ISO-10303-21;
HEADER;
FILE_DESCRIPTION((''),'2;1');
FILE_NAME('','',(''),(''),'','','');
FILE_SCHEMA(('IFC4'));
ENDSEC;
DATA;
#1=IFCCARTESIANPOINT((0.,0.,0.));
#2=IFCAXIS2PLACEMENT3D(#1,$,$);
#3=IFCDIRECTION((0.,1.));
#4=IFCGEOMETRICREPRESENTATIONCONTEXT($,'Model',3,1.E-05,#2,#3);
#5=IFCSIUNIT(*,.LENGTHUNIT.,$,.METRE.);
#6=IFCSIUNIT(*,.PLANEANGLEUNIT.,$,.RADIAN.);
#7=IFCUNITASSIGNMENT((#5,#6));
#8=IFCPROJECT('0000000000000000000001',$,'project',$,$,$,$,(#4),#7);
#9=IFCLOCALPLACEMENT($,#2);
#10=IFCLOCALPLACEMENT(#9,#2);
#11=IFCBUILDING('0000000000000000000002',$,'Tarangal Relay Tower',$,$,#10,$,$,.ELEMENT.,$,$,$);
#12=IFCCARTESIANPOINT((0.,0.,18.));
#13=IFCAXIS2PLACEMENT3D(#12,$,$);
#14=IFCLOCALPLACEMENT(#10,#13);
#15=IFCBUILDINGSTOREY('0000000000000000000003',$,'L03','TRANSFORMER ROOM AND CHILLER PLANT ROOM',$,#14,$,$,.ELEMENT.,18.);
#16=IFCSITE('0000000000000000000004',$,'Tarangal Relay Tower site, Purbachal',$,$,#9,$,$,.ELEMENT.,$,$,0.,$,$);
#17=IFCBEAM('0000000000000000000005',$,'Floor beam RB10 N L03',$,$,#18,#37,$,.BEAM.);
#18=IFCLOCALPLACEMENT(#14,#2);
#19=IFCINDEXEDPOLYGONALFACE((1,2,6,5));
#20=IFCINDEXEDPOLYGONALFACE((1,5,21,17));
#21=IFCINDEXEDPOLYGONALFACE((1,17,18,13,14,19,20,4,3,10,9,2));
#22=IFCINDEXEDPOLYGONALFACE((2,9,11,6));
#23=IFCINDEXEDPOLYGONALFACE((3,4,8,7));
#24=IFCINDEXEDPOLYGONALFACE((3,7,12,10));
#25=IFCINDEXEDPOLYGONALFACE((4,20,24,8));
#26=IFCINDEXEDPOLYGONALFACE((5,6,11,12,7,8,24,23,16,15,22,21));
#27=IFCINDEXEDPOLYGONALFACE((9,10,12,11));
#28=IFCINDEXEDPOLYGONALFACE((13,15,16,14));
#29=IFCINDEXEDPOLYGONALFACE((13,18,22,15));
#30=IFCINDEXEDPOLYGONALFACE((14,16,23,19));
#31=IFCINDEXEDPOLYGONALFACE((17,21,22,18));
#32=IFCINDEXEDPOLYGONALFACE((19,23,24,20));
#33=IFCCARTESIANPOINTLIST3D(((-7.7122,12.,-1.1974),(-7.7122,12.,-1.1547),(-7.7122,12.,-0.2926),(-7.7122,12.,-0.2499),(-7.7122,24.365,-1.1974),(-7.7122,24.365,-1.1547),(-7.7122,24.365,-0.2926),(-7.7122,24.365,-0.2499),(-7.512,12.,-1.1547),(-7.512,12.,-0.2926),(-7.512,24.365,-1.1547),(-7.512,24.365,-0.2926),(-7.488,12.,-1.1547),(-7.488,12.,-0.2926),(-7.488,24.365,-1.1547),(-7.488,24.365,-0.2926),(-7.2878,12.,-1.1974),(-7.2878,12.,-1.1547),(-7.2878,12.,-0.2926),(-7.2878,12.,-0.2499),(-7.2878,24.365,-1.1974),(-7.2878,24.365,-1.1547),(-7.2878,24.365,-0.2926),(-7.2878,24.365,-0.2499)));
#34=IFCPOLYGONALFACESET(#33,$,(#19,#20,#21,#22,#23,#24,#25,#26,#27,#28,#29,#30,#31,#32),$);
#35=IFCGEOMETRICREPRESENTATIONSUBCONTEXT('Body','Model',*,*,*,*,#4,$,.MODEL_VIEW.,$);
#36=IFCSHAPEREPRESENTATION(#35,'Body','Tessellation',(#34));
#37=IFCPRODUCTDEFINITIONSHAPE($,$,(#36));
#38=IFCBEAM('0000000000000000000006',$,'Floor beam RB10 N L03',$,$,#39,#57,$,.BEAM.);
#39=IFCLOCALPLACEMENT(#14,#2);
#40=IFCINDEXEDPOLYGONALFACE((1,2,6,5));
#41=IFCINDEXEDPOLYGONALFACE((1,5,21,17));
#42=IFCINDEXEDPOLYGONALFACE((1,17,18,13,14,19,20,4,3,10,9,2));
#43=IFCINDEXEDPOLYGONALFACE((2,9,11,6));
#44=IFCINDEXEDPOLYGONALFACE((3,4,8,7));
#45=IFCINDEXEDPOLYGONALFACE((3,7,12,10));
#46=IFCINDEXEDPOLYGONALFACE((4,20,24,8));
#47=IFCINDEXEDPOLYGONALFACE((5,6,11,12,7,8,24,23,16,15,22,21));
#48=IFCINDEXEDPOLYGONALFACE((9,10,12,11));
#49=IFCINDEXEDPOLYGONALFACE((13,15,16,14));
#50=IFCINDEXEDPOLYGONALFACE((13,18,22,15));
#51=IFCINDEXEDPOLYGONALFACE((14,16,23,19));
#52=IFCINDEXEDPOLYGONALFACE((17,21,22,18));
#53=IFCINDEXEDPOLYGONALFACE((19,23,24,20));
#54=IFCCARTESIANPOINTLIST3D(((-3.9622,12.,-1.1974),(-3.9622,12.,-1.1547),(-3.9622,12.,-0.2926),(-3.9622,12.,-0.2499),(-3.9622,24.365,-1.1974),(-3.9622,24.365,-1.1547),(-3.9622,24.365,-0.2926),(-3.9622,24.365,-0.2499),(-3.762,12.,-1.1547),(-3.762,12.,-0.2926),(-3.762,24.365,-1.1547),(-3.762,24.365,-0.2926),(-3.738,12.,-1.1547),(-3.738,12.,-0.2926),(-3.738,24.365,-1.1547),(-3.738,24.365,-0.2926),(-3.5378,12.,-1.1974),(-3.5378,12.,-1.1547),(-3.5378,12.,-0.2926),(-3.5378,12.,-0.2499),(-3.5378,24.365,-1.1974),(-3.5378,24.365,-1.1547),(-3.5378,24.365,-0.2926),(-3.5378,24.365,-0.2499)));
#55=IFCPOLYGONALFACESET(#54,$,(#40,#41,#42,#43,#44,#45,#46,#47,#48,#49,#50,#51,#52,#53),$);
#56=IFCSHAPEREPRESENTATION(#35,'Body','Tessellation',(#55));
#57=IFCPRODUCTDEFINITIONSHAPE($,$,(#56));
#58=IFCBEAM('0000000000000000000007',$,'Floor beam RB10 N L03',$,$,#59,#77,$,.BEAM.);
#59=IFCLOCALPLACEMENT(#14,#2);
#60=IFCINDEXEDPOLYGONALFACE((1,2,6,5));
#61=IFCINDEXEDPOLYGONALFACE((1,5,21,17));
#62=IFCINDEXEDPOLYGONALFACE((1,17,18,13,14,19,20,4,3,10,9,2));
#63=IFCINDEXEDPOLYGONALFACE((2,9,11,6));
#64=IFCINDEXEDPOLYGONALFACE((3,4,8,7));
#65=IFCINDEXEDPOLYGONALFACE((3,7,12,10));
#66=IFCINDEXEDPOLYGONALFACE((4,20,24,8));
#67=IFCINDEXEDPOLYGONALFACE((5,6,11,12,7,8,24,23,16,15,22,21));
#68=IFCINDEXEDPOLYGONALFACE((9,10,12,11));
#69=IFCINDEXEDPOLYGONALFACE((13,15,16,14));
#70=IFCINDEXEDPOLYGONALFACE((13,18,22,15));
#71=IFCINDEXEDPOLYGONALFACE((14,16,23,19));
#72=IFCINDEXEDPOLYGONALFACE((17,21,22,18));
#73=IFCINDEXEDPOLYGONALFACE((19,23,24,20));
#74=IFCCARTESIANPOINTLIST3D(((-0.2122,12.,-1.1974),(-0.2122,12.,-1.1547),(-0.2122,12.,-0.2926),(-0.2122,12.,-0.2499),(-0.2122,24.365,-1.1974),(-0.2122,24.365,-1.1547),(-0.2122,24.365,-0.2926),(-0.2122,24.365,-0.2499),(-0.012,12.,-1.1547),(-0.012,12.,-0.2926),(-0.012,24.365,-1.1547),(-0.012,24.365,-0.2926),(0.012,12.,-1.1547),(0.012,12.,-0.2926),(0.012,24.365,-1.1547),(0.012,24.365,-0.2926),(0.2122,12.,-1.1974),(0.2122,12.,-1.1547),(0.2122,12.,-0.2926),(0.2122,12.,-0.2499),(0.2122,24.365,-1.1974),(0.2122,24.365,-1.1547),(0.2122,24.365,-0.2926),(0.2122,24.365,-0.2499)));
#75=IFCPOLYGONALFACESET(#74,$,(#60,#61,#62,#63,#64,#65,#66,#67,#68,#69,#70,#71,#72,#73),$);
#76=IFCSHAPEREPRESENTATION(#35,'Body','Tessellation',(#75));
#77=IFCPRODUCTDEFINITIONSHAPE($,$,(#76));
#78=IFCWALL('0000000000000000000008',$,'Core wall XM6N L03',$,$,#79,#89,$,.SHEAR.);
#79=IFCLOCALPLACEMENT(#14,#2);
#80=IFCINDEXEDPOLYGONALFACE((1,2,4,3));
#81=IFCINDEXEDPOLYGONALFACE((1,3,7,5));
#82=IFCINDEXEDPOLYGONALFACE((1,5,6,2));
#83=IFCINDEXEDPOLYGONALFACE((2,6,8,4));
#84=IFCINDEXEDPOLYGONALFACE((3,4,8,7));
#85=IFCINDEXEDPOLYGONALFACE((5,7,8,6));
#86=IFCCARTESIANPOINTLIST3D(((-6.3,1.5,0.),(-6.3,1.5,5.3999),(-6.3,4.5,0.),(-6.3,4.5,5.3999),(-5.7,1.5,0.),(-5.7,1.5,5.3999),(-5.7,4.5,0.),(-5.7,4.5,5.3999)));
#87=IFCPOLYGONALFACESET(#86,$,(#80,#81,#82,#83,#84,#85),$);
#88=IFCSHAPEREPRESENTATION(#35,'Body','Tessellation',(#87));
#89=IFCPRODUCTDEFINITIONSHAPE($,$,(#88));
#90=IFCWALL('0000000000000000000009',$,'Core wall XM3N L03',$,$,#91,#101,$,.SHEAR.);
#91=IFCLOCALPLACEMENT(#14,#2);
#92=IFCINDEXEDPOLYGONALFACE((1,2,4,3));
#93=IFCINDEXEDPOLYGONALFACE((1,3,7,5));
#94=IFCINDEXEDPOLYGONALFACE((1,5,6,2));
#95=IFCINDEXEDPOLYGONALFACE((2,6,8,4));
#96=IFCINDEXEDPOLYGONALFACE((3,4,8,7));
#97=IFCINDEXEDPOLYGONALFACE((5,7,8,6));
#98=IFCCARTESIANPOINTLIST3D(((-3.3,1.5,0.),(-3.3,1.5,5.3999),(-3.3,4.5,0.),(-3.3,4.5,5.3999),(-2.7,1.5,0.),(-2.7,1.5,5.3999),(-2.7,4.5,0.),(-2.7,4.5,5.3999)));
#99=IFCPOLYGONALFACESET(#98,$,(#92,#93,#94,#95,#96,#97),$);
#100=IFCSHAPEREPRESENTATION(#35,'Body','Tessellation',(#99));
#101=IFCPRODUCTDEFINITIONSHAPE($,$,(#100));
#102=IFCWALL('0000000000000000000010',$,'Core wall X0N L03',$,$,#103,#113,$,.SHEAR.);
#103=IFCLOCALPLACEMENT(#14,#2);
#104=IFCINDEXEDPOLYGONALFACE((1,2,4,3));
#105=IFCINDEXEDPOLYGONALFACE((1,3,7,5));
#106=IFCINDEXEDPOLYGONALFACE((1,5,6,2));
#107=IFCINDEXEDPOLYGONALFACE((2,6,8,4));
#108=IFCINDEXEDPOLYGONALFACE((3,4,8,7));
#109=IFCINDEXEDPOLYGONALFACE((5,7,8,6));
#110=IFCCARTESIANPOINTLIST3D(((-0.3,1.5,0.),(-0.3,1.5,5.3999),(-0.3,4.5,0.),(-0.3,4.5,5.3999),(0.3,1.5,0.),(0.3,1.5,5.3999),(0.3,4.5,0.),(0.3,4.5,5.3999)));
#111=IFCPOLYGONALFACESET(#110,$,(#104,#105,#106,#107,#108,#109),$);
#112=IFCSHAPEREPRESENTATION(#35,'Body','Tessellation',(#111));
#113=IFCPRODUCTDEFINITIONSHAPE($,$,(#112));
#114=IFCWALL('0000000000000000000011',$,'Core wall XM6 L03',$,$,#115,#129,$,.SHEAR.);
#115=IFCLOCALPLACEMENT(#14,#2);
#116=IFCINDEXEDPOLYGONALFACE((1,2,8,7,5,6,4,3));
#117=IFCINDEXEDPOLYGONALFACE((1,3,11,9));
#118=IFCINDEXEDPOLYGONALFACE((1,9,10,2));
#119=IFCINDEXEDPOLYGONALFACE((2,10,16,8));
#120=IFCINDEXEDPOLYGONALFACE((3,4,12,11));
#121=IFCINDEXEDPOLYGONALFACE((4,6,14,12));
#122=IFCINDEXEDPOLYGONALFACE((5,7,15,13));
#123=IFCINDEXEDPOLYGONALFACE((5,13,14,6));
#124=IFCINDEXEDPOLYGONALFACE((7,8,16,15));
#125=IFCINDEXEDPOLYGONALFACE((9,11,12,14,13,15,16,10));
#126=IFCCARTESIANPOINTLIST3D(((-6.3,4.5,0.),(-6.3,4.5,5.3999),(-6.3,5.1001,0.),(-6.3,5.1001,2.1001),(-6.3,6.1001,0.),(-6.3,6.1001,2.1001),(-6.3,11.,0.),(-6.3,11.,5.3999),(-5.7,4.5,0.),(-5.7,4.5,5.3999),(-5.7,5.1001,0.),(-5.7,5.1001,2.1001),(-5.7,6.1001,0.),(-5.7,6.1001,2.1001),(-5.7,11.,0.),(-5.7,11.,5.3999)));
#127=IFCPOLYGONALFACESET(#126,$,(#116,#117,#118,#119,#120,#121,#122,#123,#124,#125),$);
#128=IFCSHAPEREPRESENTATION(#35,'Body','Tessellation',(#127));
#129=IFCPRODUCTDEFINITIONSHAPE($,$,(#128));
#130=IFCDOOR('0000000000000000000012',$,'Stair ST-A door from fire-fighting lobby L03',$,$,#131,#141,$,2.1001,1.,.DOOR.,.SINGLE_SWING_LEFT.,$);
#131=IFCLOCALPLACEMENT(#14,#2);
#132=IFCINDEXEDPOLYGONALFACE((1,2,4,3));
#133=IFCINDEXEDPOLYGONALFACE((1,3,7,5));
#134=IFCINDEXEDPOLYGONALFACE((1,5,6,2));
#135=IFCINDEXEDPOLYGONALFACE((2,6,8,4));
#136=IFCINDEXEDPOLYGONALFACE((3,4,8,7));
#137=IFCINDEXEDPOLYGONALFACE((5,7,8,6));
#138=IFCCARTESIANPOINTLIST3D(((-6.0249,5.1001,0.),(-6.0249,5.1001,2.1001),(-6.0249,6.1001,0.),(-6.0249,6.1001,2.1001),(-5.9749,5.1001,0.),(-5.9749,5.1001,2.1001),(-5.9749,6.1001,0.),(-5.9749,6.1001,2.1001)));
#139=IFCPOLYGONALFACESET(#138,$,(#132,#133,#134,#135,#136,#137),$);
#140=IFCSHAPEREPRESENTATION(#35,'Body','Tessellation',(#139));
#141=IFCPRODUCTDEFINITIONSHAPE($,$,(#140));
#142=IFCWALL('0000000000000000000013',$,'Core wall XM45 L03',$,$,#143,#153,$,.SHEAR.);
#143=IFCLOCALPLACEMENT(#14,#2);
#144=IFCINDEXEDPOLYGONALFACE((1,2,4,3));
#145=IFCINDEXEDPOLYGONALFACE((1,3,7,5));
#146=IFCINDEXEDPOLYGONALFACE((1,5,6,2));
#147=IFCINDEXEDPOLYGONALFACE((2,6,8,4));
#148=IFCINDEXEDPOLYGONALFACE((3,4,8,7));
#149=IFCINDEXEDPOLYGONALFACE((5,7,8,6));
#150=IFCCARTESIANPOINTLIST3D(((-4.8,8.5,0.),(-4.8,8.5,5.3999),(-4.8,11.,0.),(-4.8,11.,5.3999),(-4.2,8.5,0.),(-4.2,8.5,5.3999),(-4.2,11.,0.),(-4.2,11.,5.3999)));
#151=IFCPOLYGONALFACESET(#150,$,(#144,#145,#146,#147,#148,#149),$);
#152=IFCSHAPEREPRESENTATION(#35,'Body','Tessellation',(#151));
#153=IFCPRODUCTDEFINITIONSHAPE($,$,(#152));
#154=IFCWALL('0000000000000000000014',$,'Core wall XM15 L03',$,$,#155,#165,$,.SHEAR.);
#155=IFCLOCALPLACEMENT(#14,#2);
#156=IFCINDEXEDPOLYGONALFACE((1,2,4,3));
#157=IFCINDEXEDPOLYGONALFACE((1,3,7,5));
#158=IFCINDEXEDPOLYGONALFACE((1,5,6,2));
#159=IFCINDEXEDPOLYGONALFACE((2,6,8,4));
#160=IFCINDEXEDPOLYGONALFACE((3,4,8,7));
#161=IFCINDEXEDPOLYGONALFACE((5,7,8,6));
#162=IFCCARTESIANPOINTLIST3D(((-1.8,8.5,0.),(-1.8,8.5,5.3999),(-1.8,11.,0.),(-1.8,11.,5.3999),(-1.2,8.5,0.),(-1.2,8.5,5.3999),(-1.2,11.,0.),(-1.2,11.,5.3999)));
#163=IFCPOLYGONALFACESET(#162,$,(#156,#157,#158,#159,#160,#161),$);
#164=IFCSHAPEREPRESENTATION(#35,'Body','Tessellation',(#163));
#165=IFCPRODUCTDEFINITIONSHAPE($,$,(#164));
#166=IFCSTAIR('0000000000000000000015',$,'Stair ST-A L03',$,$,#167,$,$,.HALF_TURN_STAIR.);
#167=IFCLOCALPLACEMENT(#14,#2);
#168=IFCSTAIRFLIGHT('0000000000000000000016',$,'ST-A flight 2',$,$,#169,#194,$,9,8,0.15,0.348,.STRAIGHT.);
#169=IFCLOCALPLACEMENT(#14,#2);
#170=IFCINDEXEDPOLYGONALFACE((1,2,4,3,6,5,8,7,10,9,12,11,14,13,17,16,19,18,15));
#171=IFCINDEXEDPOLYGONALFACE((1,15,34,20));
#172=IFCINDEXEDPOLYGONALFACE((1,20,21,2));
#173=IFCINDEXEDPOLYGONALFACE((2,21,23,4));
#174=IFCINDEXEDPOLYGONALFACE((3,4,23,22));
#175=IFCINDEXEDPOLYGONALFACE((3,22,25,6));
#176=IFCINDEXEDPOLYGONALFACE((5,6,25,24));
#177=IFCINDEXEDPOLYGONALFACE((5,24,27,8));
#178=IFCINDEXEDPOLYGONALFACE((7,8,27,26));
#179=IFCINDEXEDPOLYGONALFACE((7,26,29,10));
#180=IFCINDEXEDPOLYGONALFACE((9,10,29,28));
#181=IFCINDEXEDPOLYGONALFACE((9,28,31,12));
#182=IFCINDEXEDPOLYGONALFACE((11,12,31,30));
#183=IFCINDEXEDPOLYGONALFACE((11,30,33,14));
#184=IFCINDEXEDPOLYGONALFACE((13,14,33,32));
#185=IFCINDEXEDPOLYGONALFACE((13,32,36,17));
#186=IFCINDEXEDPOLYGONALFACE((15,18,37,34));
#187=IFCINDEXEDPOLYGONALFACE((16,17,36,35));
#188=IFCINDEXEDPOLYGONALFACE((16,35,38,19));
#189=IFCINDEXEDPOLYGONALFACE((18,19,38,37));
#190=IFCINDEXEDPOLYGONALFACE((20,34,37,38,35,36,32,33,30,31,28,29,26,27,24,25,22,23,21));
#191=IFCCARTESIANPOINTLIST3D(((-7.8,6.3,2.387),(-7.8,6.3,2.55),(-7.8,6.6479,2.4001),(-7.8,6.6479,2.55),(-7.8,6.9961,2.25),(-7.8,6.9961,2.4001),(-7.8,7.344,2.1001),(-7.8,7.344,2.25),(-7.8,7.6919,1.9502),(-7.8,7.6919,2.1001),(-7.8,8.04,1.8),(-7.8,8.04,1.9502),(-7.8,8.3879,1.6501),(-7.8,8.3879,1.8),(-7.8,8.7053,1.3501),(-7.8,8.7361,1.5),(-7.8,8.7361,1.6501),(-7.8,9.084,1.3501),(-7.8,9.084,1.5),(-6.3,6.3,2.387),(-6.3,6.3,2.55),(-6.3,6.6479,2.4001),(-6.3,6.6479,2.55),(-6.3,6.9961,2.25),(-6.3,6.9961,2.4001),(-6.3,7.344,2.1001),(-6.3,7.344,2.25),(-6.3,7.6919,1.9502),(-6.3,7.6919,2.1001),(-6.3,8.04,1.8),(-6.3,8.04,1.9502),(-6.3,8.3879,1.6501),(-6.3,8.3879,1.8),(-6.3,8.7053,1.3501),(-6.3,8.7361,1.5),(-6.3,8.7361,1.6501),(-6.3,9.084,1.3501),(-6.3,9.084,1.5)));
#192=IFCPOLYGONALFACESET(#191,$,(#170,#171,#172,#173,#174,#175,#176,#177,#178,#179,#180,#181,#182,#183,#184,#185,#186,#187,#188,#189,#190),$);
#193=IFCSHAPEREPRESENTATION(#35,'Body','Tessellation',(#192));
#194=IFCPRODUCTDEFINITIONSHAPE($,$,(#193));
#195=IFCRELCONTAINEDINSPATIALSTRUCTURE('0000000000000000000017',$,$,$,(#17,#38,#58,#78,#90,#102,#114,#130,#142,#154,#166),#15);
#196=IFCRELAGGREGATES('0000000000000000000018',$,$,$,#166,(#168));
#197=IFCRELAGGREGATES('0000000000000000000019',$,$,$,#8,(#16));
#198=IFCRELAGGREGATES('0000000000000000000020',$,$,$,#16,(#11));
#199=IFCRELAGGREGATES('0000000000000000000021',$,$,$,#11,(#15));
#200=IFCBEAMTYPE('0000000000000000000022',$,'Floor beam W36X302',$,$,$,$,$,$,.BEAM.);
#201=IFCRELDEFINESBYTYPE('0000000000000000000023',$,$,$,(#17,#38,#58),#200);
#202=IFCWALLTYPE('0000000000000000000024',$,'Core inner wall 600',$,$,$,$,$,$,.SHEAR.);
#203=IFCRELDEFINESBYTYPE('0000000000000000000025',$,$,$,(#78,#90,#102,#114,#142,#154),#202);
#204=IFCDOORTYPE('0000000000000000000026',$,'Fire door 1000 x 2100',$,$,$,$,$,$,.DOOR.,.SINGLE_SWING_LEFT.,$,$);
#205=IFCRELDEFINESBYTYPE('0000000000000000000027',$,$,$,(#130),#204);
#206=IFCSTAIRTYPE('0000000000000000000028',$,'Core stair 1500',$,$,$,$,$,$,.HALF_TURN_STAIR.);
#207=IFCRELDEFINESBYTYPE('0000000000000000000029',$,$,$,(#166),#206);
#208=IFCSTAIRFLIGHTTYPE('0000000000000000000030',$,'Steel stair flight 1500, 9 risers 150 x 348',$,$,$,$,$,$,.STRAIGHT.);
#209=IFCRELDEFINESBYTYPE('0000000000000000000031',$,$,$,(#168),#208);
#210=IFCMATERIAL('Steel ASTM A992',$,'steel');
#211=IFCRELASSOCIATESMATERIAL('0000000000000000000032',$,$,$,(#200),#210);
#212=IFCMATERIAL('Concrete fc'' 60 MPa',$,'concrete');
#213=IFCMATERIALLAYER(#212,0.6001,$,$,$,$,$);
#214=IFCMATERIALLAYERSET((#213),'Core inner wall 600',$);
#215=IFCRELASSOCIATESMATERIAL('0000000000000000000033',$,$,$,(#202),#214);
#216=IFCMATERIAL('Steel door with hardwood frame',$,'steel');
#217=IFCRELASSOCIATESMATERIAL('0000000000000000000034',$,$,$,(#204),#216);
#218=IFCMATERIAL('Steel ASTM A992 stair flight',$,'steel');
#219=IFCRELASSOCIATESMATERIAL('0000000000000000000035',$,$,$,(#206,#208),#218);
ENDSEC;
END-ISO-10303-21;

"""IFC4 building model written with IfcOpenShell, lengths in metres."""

from ifc_helpers import new_model, si_unit, direction, frame, frame_2d, origin, origin_2d, place, context, subcontext, project, spatial, polyline, rectangle, i_section, outline, extrude, material, layer, layer_set, material_profile, profile_set, type_object, element, fill, aggregate, save


model = new_model("IFC4")

# Units and contexts
model_context = context("Model", 3, precision=1e-05, world=origin(), true_north=direction((0.0, 1.0)))
body_context = subcontext(model_context, "Body", "Model", "MODEL_VIEW")
ifc_project = project(units=[si_unit("LENGTHUNIT", "METRE"), si_unit("PLANEANGLEUNIT", "RADIAN")], contexts=[model_context])

# Site, building, storey
site_placement = place(None, origin())
site = spatial("IfcSite", under=ifc_project, at=site_placement, Name="Tarangal Relay Tower site, Purbachal", CompositionType="ELEMENT", RefElevation=0.0)
building_placement = place(site_placement, origin())
building = spatial("IfcBuilding", under=site, at=building_placement, Name="Tarangal Relay Tower", CompositionType="ELEMENT")
storey_placement = place(building_placement, frame((0.0, 0.0, 18.0)))
storey = spatial("IfcBuildingStorey", under=building, at=storey_placement, Name="L03", Description="TRANSFORMER ROOM AND CHILLER PLANT ROOM", CompositionType="ELEMENT", Elevation=18.0)

# Beams
ifc_material_1 = material(Name="Steel ASTM A992", Category="steel")
ifc_material_profile = material_profile(ifc_material_1, i_section(OverallWidth=0.4243, OverallDepth=0.9475, WebThickness=0.0239, FlangeThickness=0.0427, at=origin_2d()), Name="W36X302")
ifc_profile_set = profile_set([ifc_material_profile], Name="Steel ASTM A992")
beam_type = type_object("IfcBeamType", Name="Floor beam W36X302", PredefinedType="BEAM", material=ifc_profile_set)
for number, where, z_axis, x_axis, name in (
    (1, (-7.5, 12.0, -0.7236), (0.0, 1.0, 0.0), (-1.0, 0.0, 0.0), "Floor beam RB10 N L03"),
    (2, (-3.75, 12.0, -0.7236), (0.0, 1.0, 0.0), (-1.0, 0.0, 0.0), "Floor beam RB10 N L03"),
    (3, (0.0, 12.0, -0.7236), (0.0, 1.0, 0.0), (-1.0, 0.0, 0.0), "Floor beam RB10 N L03"),
):
    element("IfcBeam", number, at=place(storey_placement, frame(where, z_axis=z_axis, x_axis=x_axis)), inside=storey, type_object=beam_type, Name=name, PredefinedType="BEAM", context=body_context, shape_type="SweptSolid", body=[
        extrude(i_section(OverallWidth=0.4243, OverallDepth=0.9475, WebThickness=0.0239, FlangeThickness=0.0427, at=origin_2d()), origin(), (0.0, 0.0, 1.0), 12.365),
    ])

# Shared definitions
ifc_material_2 = material(Name="Concrete fc' 60 MPa", Category="concrete")
ifc_layer_1 = layer(ifc_material_2, 0.6001)
ifc_layer_set_1 = layer_set([ifc_layer_1], Name="Core inner wall 600")
wall_type = type_object("IfcWallType", Name="Core inner wall 600", PredefinedType="SHEAR", material=ifc_layer_set_1)
ifc_material_3 = material(Name="Steel door with hardwood frame", Category="steel")

# Walls
for number, where, z_axis, x_axis, name in (
    (4, (-6.0, 1.5, 0.0), (0.0, 0.0, 1.0), (0.0, 1.0, 0.0), "Core wall XM6N L03"),
    (5, (-3.0, 1.5, 0.0), (0.0, 0.0, 1.0), (0.0, 1.0, 0.0), "Core wall XM3N L03"),
    (6, (0.0, 1.5, 0.0), (0.0, 0.0, 1.0), (0.0, 1.0, 0.0), "Core wall X0N L03"),
):
    element("IfcWall", number, at=place(storey_placement, frame(where, z_axis=z_axis, x_axis=x_axis)), inside=storey, type_object=wall_type, Name=name, PredefinedType="SHEAR", context=body_context, shape_type="SweptSolid", body=[
        extrude(rectangle(XDim=3.0, YDim=0.6001, at=frame_2d((1.5, 0.0))), origin(), (0.0, 0.0, 1.0), 5.3999),
    ])

# Wall, opening, door
wall_1_placement = place(storey_placement, frame((-6.0, 4.5, 0.0), z_axis=(0.0, 0.0, 1.0), x_axis=(0.0, 1.0, 0.0)))
wall_1 = element("IfcWall", 7, at=wall_1_placement, inside=storey, type_object=wall_type, Name="Core wall XM6 L03", PredefinedType="SHEAR", context=body_context, shape_type="SweptSolid", body=[
    extrude(rectangle(XDim=6.5, YDim=0.6001, at=frame_2d((3.25, 0.0))), origin(), (0.0, 0.0, 1.0), 5.3999),
])
opening_1_placement = place(wall_1_placement, frame((0.6001, 0.0, 0.0)))
opening_1 = element("IfcOpeningElement", 8, at=opening_1_placement, cuts=wall_1, PredefinedType="OPENING", context=body_context, shape_type="SweptSolid", body=[
    extrude(rectangle(XDim=1.0, YDim=2.1001, at=frame_2d((0.5, 1.05))), frame((0.0, 0.3101, 0.0), z_axis=(0.0, -1.0, 0.0), x_axis=(1.0, 0.0, 0.0)), (0.0, 0.0, 1.0), 0.6201),
])
door_type_1 = type_object("IfcDoorType", Name="Fire door 1000 x 2100", OperationType="SINGLE_SWING_LEFT", PredefinedType="DOOR", material=ifc_material_3)
door_1_placement = place(opening_1_placement, origin())
door_1 = element("IfcDoor", 9, at=door_1_placement, inside=storey, type_object=door_type_1, Name="Stair ST-A door from fire-fighting lobby L03", OperationType="SINGLE_SWING_LEFT", OverallHeight=2.1001, OverallWidth=1.0, PredefinedType="DOOR", context=body_context, shape_type="SweptSolid", body=[
    extrude(rectangle(XDim=1.0, YDim=2.1001, at=frame_2d((0.5, 1.05))), frame((0.0, 0.0249, 0.0), z_axis=(0.0, -1.0, 0.0), x_axis=(1.0, 0.0, 0.0)), (0.0, 0.0, 1.0), 0.05),
])
fill(opening_1, door_1)

# Walls
for number, where, z_axis, x_axis, name in (
    (10, (-4.5, 8.5, 0.0), (0.0, 0.0, 1.0), (0.0, 1.0, 0.0), "Core wall XM45 L03"),
    (11, (-1.5, 8.5, 0.0), (0.0, 0.0, 1.0), (0.0, 1.0, 0.0), "Core wall XM15 L03"),
):
    element("IfcWall", number, at=place(storey_placement, frame(where, z_axis=z_axis, x_axis=x_axis)), inside=storey, type_object=wall_type, Name=name, PredefinedType="SHEAR", context=body_context, shape_type="SweptSolid", body=[
        extrude(rectangle(XDim=2.5, YDim=0.6001, at=frame_2d((1.25, 0.0))), origin(), (0.0, 0.0, 1.0), 5.3999),
    ])

# Stair, stair flight
ifc_material_4 = material(Name="Steel ASTM A992 stair flight", Category="steel")
stair_type = type_object("IfcStairType", Name="Core stair 1500", PredefinedType="HALF_TURN_STAIR", material=ifc_material_4)
stair_placement = place(storey_placement, origin())
stair = element("IfcStair", 12, at=stair_placement, inside=storey, type_object=stair_type, Name="Stair ST-A L03", PredefinedType="HALF_TURN_STAIR")
stair_flight_type = type_object("IfcStairFlightType", Name="Steel stair flight 1500, 9 risers 150 x 348", PredefinedType="STRAIGHT", material=ifc_material_4)
stair_flight_1_placement = place(storey_placement, frame((-7.05, 9.084, 1.3501), z_axis=(0.0, 0.0, 1.0), x_axis=(0.0, -1.0, 0.0)))
stair_flight_1 = element("IfcStairFlight", 13, at=stair_flight_1_placement, type_object=stair_flight_type, Name="ST-A flight 2", NumberOfRisers=9, NumberOfTreads=8, PredefinedType="STRAIGHT", RiserHeight=0.15, TreadLength=0.348, context=body_context, shape_type="SweptSolid", body=[
    extrude(outline(polyline([(0.0, 0.0), (0.0, 0.1499), (0.3479, 0.1499), (0.3479, 0.3), (0.696, 0.3), (0.696, 0.45), (1.0439, 0.45), (1.0439, 0.6001), (1.3921, 0.6001), (1.3921, 0.75), (1.74, 0.75), (1.74, 0.8999), (2.0879, 0.8999), (2.0879, 1.05), (2.436, 1.05), (2.436, 1.2), (2.7839, 1.2), (2.7839, 1.3501), (2.7839, 1.0369), (0.3787, 0.0), (0.0, 0.0)])), frame((0.0, 0.75, 0.0), z_axis=(0.0, -1.0, 0.0), x_axis=(1.0, 0.0, 0.0)), (0.0, 0.0, 1.0), 1.5),
])
aggregate(stair, [stair_flight_1])

save(model, "model.ifc")
